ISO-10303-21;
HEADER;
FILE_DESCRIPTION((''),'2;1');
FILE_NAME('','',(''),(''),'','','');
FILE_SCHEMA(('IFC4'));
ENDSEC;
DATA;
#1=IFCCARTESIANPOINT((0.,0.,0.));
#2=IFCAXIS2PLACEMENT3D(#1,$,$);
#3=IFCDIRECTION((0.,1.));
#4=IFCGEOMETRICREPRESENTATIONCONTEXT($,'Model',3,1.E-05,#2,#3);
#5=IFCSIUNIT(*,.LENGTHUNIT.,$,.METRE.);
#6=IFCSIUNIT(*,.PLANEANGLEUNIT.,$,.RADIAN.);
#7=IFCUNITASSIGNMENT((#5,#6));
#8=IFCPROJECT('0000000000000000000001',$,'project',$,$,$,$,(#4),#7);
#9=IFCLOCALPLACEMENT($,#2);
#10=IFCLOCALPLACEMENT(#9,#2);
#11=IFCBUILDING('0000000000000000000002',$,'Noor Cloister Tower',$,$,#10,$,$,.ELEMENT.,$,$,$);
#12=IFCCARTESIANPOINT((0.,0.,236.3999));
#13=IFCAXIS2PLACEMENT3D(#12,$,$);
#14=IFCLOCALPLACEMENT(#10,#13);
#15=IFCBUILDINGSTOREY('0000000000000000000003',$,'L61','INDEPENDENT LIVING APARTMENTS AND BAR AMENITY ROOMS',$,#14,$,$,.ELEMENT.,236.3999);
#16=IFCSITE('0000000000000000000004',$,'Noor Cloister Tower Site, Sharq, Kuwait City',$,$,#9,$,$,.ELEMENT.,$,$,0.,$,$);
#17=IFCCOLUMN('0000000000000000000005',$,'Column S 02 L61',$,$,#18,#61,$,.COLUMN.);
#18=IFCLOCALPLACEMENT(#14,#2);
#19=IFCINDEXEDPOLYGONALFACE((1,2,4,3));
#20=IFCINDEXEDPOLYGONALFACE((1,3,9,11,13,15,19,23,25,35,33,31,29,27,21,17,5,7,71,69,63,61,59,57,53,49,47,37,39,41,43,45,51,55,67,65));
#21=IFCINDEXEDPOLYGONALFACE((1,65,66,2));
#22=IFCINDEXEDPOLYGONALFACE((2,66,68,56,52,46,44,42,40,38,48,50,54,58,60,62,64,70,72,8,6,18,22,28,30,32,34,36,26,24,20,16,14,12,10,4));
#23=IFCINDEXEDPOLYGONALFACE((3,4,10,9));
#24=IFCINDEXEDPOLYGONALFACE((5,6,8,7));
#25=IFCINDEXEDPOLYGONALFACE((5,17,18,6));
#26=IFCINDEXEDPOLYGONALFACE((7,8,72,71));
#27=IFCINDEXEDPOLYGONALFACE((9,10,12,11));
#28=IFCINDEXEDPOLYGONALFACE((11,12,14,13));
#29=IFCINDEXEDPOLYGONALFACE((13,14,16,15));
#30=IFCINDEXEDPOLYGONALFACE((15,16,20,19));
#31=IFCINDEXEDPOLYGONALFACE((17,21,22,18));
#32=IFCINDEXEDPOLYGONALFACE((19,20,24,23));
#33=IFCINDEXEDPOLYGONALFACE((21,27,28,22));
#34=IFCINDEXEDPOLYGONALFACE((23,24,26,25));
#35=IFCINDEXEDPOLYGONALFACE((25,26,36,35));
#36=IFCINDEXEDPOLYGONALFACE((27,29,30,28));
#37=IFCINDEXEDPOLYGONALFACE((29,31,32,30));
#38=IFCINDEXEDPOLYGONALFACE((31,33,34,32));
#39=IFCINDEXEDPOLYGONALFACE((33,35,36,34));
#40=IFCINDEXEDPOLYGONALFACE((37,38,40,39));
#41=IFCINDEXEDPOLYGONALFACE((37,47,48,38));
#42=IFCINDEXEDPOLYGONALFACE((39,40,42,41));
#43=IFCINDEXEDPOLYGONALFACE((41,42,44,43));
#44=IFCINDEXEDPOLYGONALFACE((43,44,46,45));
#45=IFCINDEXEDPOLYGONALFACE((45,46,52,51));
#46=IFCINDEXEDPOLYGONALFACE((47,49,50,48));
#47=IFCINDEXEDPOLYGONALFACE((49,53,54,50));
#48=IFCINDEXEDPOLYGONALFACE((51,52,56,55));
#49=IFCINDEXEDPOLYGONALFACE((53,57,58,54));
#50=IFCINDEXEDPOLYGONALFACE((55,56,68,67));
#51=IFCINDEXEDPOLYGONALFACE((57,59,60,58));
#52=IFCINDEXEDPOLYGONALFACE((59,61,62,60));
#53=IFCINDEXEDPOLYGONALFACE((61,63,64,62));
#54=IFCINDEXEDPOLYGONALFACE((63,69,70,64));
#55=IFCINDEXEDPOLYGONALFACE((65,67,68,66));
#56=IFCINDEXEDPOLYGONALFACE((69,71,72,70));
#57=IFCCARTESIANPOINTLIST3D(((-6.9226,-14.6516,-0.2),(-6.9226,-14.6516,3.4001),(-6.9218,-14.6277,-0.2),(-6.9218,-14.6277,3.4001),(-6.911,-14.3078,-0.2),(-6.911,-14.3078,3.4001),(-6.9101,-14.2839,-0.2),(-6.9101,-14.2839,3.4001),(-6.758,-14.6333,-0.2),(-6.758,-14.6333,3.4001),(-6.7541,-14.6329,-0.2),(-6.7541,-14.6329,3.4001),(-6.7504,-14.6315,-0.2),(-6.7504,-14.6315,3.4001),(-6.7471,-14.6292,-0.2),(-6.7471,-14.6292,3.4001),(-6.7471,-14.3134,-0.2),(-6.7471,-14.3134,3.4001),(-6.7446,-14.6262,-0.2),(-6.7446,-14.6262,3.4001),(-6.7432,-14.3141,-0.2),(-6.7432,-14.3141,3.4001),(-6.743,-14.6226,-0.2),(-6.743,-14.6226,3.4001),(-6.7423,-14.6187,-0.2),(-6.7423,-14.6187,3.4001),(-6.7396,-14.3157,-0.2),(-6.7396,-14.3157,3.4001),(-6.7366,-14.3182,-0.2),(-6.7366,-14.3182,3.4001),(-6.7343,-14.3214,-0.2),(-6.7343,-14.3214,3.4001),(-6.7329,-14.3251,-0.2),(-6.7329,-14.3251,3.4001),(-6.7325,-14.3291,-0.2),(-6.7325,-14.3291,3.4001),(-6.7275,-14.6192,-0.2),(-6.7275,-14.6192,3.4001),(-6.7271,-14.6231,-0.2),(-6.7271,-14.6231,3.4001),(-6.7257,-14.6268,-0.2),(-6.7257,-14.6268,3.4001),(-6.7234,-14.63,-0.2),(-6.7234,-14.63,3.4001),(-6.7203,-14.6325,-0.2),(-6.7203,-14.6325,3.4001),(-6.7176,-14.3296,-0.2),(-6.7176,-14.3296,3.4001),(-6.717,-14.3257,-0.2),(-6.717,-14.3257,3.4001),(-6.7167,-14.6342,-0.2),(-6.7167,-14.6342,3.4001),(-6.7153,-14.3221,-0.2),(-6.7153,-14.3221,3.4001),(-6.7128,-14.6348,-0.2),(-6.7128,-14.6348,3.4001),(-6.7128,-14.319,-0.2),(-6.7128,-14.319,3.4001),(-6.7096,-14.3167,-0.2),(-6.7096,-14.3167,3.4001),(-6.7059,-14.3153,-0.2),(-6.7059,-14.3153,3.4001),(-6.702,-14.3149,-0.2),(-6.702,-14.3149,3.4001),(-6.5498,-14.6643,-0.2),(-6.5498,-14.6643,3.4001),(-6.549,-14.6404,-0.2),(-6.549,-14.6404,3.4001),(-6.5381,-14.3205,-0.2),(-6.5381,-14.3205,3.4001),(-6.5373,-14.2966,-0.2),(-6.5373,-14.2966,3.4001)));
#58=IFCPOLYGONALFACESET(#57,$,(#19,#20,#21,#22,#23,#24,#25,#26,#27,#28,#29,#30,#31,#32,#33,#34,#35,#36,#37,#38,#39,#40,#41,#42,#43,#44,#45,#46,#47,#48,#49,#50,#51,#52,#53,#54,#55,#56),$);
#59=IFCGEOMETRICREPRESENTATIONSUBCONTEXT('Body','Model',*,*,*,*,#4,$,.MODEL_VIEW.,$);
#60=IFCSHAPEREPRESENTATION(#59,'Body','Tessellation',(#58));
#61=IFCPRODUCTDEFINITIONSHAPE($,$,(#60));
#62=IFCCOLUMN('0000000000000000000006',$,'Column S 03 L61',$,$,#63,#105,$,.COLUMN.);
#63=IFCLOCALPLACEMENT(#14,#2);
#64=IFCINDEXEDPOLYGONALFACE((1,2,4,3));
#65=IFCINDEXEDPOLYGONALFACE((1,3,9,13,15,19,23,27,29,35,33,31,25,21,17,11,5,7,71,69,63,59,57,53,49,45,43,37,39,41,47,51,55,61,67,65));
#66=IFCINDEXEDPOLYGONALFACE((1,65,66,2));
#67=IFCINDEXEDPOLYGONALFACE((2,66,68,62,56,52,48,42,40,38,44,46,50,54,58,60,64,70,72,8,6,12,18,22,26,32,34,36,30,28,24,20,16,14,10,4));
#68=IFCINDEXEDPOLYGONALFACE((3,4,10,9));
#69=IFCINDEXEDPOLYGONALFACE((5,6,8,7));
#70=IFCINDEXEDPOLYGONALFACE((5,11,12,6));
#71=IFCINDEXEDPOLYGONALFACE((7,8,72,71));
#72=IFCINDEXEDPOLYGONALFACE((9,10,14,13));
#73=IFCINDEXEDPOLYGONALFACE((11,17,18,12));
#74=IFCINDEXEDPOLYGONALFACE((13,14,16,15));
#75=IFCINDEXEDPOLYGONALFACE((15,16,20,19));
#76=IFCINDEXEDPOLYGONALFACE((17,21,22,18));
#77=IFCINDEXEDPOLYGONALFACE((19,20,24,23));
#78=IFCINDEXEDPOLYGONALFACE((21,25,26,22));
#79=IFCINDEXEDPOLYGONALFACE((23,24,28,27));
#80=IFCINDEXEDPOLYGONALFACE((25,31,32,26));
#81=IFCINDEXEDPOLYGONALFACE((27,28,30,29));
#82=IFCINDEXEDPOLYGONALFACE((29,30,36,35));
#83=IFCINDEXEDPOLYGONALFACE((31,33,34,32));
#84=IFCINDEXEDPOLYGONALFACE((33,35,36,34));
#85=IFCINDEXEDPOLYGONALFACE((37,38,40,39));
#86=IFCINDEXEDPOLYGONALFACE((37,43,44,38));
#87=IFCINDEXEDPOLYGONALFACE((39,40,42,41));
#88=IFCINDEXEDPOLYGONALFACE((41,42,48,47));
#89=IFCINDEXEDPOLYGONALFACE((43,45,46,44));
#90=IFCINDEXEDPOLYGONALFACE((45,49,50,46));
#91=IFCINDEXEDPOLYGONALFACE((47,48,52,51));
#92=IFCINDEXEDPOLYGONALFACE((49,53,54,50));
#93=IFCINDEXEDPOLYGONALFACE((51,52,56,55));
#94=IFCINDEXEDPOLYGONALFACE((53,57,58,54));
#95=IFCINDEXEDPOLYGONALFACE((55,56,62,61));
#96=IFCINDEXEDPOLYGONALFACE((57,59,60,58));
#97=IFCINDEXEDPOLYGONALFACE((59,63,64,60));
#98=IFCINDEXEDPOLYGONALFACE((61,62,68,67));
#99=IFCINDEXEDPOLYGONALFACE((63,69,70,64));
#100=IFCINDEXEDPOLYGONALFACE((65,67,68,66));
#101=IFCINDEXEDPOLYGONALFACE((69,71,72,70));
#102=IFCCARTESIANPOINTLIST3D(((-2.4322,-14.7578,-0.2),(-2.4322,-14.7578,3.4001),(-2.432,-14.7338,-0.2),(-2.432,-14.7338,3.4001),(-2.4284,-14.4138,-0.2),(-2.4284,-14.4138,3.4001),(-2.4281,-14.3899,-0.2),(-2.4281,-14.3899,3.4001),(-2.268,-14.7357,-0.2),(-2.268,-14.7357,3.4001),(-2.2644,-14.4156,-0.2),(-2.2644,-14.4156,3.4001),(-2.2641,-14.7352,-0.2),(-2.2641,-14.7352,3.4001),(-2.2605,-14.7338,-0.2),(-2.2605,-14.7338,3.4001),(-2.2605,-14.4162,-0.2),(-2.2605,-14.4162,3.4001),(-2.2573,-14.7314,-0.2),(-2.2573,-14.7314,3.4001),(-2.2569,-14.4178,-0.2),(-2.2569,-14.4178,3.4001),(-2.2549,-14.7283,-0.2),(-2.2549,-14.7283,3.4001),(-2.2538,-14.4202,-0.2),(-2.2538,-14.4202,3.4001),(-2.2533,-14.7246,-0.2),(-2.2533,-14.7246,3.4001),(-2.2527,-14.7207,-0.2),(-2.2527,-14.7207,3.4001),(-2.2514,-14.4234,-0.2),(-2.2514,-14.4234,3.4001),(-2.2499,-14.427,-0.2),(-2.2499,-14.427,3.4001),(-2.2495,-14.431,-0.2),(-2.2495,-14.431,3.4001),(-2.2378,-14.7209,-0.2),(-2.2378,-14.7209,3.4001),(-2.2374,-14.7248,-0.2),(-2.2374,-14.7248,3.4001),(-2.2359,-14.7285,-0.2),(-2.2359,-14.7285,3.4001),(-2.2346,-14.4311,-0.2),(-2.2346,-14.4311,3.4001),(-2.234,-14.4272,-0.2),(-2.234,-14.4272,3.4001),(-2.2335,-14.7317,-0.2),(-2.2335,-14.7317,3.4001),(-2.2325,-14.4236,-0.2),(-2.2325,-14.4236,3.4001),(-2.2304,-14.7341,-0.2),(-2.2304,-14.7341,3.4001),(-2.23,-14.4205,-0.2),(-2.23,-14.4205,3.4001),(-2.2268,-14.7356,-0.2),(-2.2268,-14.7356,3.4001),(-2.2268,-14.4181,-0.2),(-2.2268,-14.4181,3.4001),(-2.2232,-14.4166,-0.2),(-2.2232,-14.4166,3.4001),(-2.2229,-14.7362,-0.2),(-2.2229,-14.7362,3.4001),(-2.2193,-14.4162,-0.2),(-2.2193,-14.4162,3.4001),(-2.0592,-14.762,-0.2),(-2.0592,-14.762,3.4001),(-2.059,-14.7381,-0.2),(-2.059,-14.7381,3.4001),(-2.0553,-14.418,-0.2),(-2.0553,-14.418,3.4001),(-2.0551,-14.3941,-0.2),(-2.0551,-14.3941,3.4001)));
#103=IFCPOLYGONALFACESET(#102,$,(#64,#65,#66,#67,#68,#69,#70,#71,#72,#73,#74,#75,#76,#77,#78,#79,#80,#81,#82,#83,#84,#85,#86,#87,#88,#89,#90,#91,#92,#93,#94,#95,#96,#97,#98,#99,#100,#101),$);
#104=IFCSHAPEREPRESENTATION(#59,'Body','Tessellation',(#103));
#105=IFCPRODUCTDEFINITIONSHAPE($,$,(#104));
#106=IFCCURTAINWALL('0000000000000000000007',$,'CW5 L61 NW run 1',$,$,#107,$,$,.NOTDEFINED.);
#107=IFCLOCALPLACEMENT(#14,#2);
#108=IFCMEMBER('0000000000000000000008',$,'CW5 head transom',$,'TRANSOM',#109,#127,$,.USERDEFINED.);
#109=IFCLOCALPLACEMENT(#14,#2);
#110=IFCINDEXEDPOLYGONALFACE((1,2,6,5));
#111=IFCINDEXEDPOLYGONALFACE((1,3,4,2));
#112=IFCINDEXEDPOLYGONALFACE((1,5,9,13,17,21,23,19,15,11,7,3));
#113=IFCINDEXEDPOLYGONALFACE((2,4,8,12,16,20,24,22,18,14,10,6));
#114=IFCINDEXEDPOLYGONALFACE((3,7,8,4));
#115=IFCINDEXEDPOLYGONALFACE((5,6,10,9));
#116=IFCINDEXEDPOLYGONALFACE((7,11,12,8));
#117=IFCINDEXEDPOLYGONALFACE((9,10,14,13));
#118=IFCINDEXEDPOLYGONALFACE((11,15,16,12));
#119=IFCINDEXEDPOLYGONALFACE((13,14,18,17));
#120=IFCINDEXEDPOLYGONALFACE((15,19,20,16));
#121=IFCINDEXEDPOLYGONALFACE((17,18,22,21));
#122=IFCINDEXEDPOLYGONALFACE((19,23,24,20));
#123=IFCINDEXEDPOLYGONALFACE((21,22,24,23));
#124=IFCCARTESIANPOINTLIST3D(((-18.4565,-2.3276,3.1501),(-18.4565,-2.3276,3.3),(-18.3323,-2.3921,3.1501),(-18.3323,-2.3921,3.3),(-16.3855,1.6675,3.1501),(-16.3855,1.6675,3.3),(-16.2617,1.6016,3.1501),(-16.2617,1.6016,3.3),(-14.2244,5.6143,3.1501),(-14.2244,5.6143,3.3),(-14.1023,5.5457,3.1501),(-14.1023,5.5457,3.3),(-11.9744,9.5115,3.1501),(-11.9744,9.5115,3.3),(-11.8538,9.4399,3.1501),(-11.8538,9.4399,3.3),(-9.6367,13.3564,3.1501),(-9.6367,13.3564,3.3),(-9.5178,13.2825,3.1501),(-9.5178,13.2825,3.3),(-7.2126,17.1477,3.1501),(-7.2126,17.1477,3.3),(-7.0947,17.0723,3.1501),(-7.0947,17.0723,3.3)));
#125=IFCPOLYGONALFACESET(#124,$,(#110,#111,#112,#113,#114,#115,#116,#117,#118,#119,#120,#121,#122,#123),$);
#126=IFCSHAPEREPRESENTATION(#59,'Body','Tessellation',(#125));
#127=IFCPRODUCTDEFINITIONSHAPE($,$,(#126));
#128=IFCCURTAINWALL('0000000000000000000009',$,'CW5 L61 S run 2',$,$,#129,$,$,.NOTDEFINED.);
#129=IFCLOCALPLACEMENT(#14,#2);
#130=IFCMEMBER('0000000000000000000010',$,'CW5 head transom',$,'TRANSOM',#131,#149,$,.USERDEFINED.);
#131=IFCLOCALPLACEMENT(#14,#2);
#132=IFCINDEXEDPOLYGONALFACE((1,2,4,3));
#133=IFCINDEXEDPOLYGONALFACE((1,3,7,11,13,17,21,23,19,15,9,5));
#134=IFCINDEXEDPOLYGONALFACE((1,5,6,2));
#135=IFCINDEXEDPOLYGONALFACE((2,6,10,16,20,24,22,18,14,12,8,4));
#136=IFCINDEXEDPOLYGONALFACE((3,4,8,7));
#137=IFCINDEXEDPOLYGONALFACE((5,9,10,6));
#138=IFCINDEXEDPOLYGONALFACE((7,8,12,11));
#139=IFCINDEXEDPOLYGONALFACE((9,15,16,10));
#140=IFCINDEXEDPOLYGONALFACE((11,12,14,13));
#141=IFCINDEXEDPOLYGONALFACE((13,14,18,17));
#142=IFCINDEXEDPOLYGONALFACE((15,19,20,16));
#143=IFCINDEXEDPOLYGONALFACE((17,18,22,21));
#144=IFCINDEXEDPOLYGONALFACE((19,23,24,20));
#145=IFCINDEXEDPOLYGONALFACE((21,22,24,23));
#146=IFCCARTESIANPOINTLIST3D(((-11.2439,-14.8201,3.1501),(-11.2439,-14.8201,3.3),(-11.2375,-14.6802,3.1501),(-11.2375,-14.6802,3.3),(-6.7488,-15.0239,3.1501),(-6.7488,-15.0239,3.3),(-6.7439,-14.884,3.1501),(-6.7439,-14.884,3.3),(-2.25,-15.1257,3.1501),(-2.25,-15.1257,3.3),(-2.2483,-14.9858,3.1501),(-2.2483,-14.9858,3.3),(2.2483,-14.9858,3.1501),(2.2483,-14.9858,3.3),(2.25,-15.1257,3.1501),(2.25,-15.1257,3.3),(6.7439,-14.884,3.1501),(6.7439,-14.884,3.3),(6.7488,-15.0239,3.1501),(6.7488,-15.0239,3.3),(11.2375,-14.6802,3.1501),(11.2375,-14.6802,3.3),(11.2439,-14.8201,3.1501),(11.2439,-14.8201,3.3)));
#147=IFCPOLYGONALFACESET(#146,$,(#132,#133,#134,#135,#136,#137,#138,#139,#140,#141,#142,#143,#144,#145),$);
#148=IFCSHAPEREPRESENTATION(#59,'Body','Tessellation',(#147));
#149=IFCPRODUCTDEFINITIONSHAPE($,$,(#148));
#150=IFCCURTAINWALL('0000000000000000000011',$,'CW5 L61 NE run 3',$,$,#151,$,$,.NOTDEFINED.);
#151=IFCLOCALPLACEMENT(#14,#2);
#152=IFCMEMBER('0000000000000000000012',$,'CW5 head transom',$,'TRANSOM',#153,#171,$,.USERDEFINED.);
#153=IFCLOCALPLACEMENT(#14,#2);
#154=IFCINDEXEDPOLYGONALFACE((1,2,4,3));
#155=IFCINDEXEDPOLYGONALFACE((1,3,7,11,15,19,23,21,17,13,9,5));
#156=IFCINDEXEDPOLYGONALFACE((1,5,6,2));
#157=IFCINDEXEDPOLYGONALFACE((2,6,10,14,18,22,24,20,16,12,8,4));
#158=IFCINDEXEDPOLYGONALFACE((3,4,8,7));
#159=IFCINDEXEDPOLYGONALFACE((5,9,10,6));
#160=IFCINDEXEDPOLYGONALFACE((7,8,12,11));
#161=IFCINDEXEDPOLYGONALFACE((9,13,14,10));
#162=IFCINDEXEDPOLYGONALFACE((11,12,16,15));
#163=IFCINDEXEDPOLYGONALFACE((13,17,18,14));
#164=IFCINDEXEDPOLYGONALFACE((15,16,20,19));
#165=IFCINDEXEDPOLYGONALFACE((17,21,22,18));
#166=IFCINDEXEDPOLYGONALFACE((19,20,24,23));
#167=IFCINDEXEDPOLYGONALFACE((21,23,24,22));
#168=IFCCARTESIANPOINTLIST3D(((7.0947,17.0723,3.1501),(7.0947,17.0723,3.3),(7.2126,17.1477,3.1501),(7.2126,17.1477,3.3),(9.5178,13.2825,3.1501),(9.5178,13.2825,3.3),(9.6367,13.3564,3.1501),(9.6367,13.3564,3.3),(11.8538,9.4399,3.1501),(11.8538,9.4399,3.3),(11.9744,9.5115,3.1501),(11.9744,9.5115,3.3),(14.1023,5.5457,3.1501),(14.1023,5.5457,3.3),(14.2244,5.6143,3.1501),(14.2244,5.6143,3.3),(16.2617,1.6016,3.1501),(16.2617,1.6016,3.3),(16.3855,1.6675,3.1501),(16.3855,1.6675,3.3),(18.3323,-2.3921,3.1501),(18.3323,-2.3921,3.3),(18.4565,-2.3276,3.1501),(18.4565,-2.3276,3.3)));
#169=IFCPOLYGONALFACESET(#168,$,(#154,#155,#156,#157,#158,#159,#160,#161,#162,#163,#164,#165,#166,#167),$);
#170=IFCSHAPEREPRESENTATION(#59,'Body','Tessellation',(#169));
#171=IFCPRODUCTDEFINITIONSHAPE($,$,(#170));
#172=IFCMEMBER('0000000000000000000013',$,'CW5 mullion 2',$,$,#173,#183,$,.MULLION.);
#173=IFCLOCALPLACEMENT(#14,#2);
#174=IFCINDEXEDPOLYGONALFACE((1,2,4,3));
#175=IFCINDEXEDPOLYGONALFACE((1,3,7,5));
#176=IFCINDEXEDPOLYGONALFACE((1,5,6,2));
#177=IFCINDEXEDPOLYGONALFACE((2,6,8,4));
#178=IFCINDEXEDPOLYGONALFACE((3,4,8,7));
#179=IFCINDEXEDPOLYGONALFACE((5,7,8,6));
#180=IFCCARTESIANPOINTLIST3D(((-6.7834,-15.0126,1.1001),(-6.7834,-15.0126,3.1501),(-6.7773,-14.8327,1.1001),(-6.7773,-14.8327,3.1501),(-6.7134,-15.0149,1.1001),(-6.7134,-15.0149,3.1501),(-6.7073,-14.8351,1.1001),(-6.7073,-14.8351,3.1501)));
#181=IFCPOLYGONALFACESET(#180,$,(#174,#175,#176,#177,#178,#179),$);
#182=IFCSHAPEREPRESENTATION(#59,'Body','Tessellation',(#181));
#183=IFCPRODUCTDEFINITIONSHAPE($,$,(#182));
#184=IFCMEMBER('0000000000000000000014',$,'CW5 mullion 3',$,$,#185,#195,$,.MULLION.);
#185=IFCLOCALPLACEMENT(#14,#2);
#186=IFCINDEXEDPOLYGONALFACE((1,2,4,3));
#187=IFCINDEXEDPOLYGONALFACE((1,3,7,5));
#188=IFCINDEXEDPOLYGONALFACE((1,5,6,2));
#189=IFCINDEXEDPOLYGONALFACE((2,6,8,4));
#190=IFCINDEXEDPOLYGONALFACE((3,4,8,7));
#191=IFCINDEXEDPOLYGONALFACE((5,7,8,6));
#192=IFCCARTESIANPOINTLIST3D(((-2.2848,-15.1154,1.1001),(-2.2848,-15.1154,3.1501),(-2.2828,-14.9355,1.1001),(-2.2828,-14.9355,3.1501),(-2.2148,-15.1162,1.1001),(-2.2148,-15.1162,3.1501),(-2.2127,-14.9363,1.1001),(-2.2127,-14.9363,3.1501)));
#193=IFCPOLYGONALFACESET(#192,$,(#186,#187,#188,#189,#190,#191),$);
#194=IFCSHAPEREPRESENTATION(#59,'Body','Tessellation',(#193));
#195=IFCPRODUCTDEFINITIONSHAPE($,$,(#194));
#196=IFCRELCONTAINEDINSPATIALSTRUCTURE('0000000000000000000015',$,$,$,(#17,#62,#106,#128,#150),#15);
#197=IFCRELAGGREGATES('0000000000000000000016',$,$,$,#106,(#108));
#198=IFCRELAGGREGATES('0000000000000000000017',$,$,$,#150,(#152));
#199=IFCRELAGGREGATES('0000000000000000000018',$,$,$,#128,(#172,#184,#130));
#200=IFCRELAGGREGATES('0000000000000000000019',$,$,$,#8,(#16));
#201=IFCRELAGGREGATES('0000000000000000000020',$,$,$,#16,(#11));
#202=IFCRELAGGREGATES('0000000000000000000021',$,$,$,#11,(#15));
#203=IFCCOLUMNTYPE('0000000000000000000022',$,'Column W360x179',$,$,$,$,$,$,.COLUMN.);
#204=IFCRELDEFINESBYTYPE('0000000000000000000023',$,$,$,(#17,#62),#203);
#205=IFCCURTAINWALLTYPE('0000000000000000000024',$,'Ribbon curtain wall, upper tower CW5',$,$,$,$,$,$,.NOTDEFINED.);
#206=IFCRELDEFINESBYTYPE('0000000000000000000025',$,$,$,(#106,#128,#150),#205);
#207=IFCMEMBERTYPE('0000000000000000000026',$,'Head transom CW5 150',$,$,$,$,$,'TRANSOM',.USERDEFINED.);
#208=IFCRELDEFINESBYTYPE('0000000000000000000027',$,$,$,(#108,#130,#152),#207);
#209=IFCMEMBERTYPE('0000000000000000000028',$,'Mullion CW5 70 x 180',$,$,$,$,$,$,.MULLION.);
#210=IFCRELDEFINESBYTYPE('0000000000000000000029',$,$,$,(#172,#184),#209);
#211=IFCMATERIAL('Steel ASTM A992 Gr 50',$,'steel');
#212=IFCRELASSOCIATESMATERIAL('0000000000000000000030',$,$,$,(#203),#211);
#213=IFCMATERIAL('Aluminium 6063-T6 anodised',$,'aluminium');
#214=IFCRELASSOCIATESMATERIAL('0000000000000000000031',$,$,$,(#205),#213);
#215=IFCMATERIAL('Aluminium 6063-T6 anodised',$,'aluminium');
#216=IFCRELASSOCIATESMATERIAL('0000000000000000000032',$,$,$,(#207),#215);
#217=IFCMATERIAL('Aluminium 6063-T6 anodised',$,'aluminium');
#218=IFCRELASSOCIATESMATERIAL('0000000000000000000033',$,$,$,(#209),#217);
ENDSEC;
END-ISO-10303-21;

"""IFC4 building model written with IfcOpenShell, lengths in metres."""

from ifc_helpers import new_model, si_unit, direction, frame, origin, origin_2d, place, context, subcontext, project, spatial, polyline, rectangle, i_section, outline, extrude, material, material_profile, profile_set, type_object, element, aggregate, save


model = new_model("IFC4")

# Units and contexts
model_context = context("Model", 3, precision=1e-05, world=origin(), true_north=direction((0.0, 1.0)))
body_context = subcontext(model_context, "Body", "Model", "MODEL_VIEW")
ifc_project = project(units=[si_unit("LENGTHUNIT", "METRE"), si_unit("PLANEANGLEUNIT", "RADIAN")], contexts=[model_context])

# Site, building, storey
site_placement = place(None, origin())
site = spatial("IfcSite", under=ifc_project, at=site_placement, Name="Noor Cloister Tower Site, Sharq, Kuwait City", CompositionType="ELEMENT", RefElevation=0.0)
building_placement = place(site_placement, origin())
building = spatial("IfcBuilding", under=site, at=building_placement, Name="Noor Cloister Tower", CompositionType="ELEMENT")
storey_placement = place(building_placement, frame((0.0, 0.0, 236.3999)))
storey = spatial("IfcBuildingStorey", under=building, at=storey_placement, Name="L61", Description="INDEPENDENT LIVING APARTMENTS AND BAR AMENITY ROOMS", CompositionType="ELEMENT", Elevation=236.3999)

# Columns
ifc_material_1 = material(Name="Steel ASTM A992 Gr 50", Category="steel")
ifc_material_profile_1 = material_profile(ifc_material_1, i_section(OverallWidth=0.373, OverallDepth=0.3679, WebThickness=0.0149, FlangeThickness=0.0239, FilletRadius=0.0151, at=origin_2d()), Name="W360x179")
ifc_profile_set_1 = profile_set([ifc_material_profile_1], Name="Steel ASTM A992 Gr 50")
column_type = type_object("IfcColumnType", Name="Column W360x179", PredefinedType="COLUMN", material=ifc_profile_set_1)
for number, where, z_axis, x_axis, name in (
    (1, (-6.73, -14.4741, -0.2), (0.0, 0.0, 1.0), (0.999423, -0.033969, 0.0), "Column S 02 L61"),
    (2, (-2.2437, -14.5759, -0.2), (0.0, 0.0, 1.0), (0.999936, -0.011325, 0.0), "Column S 03 L61"),
):
    element("IfcColumn", number, at=place(storey_placement, frame(where, z_axis=z_axis, x_axis=x_axis)), inside=storey, type_object=column_type, Name=name, PredefinedType="COLUMN", context=body_context, shape_type="SweptSolid", body=[
        extrude(i_section(OverallWidth=0.373, OverallDepth=0.3679, WebThickness=0.0149, FlangeThickness=0.0239, FilletRadius=0.0151, at=origin_2d()), origin(), (0.0, 0.0, 1.0), 3.6001),
    ])

# Curtain walls, members
ifc_material_2 = material(Name="Aluminium 6063-T6 anodised", Category="aluminium")
curtain_wall_type = type_object("IfcCurtainWallType", Name="Ribbon curtain wall, upper tower CW5", PredefinedType="NOTDEFINED", material=ifc_material_2)
curtain_wall_1_placement = place(storey_placement, origin())
curtain_wall_1 = element("IfcCurtainWall", 3, at=curtain_wall_1_placement, inside=storey, type_object=curtain_wall_type, Name="CW5 L61 NW run 1", PredefinedType="NOTDEFINED")
ifc_material_3 = material(Name="Aluminium 6063-T6 anodised", Category="aluminium")
member_type_1 = type_object("IfcMemberType", Name="Head transom CW5 150", ElementType="TRANSOM", PredefinedType="USERDEFINED", material=ifc_material_3)
member_1_placement = place(storey_placement, frame((0.0, 0.0, 3.1501)))
member_1 = element("IfcMember", 4, at=member_1_placement, type_object=member_type_1, Name="CW5 head transom", ObjectType="TRANSOM", PredefinedType="USERDEFINED", context=body_context, shape_type="SweptSolid", body=[
    extrude(outline(polyline([(-7.2126, 17.1477), (-9.6367, 13.3564), (-11.9744, 9.5115), (-14.2244, 5.6143), (-16.3855, 1.6675), (-18.4565, -2.3276), (-18.3323, -2.3921), (-16.2617, 1.6016), (-14.1023, 5.5457), (-11.8538, 9.4399), (-9.5178, 13.2825), (-7.0947, 17.0723), (-7.2126, 17.1477)])), origin(), (0.0, 0.0, 1.0), 0.1499),
])
curtain_wall_2_placement = place(storey_placement, origin())
curtain_wall_2 = element("IfcCurtainWall", 5, at=curtain_wall_2_placement, inside=storey, type_object=curtain_wall_type, Name="CW5 L61 S run 2", PredefinedType="NOTDEFINED")
member_2_placement = place(storey_placement, frame((0.0, 0.0, 3.1501)))
member_2 = element("IfcMember", 6, at=member_2_placement, type_object=member_type_1, Name="CW5 head transom", ObjectType="TRANSOM", PredefinedType="USERDEFINED", context=body_context, shape_type="SweptSolid", body=[
    extrude(outline(polyline([(-11.2439, -14.8201), (-6.7488, -15.0239), (-2.25, -15.1257), (2.25, -15.1257), (6.7488, -15.0239), (11.2439, -14.8201), (11.2375, -14.6802), (6.7439, -14.884), (2.2483, -14.9858), (-2.2483, -14.9858), (-6.7439, -14.884), (-11.2375, -14.6802), (-11.2439, -14.8201)])), origin(), (0.0, 0.0, 1.0), 0.1499),
])
curtain_wall_3_placement = place(storey_placement, origin())
curtain_wall_3 = element("IfcCurtainWall", 7, at=curtain_wall_3_placement, inside=storey, type_object=curtain_wall_type, Name="CW5 L61 NE run 3", PredefinedType="NOTDEFINED")
member_3_placement = place(storey_placement, frame((0.0, 0.0, 3.1501)))
member_3 = element("IfcMember", 8, at=member_3_placement, type_object=member_type_1, Name="CW5 head transom", ObjectType="TRANSOM", PredefinedType="USERDEFINED", context=body_context, shape_type="SweptSolid", body=[
    extrude(outline(polyline([(18.4565, -2.3276), (16.3855, 1.6675), (14.2244, 5.6143), (11.9744, 9.5115), (9.6367, 13.3564), (7.2126, 17.1477), (7.0947, 17.0723), (9.5178, 13.2825), (11.8538, 9.4399), (14.1023, 5.5457), (16.2617, 1.6016), (18.3323, -2.3921), (18.4565, -2.3276)])), origin(), (0.0, 0.0, 1.0), 0.1499),
])

# Members
ifc_material_4 = material(Name="Aluminium 6063-T6 anodised", Category="aluminium")
ifc_material_profile_2 = material_profile(ifc_material_4, rectangle(XDim=0.1799, YDim=0.0701, at=origin_2d()), Name="180 x 70 mullion")
ifc_profile_set_2 = profile_set([ifc_material_profile_2], Name="Aluminium 6063-T6 anodised")
member_type_2 = type_object("IfcMemberType", Name="Mullion CW5 70 x 180", PredefinedType="MULLION", material=ifc_profile_set_2)
member_4_placement = place(storey_placement, frame((-6.7454, -14.9238, 1.1001), z_axis=(0.0, 0.0, 1.0), x_axis=(0.033969, 0.999423, 0.0)))
member_4 = element("IfcMember", 9, at=member_4_placement, type_object=member_type_2, Name="CW5 mullion 2", PredefinedType="MULLION", context=body_context, shape_type="SweptSolid", body=[
    extrude(rectangle(XDim=0.1799, YDim=0.0701, at=origin_2d()), origin(), (0.0, 0.0, 1.0), 2.05),
])
member_5_placement = place(storey_placement, frame((-2.2488, -15.0259, 1.1001), z_axis=(0.0, 0.0, 1.0), x_axis=(0.011325, 0.999936, 0.0)))
member_5 = element("IfcMember", 10, at=member_5_placement, type_object=member_type_2, Name="CW5 mullion 3", PredefinedType="MULLION", context=body_context, shape_type="SweptSolid", body=[
    extrude(rectangle(XDim=0.1799, YDim=0.0701, at=origin_2d()), origin(), (0.0, 0.0, 1.0), 2.05),
])

aggregate(curtain_wall_1, [member_1])
aggregate(curtain_wall_3, [member_3])

aggregate(curtain_wall_2, [member_4, member_5, member_2])

save(model, "model.ifc")
